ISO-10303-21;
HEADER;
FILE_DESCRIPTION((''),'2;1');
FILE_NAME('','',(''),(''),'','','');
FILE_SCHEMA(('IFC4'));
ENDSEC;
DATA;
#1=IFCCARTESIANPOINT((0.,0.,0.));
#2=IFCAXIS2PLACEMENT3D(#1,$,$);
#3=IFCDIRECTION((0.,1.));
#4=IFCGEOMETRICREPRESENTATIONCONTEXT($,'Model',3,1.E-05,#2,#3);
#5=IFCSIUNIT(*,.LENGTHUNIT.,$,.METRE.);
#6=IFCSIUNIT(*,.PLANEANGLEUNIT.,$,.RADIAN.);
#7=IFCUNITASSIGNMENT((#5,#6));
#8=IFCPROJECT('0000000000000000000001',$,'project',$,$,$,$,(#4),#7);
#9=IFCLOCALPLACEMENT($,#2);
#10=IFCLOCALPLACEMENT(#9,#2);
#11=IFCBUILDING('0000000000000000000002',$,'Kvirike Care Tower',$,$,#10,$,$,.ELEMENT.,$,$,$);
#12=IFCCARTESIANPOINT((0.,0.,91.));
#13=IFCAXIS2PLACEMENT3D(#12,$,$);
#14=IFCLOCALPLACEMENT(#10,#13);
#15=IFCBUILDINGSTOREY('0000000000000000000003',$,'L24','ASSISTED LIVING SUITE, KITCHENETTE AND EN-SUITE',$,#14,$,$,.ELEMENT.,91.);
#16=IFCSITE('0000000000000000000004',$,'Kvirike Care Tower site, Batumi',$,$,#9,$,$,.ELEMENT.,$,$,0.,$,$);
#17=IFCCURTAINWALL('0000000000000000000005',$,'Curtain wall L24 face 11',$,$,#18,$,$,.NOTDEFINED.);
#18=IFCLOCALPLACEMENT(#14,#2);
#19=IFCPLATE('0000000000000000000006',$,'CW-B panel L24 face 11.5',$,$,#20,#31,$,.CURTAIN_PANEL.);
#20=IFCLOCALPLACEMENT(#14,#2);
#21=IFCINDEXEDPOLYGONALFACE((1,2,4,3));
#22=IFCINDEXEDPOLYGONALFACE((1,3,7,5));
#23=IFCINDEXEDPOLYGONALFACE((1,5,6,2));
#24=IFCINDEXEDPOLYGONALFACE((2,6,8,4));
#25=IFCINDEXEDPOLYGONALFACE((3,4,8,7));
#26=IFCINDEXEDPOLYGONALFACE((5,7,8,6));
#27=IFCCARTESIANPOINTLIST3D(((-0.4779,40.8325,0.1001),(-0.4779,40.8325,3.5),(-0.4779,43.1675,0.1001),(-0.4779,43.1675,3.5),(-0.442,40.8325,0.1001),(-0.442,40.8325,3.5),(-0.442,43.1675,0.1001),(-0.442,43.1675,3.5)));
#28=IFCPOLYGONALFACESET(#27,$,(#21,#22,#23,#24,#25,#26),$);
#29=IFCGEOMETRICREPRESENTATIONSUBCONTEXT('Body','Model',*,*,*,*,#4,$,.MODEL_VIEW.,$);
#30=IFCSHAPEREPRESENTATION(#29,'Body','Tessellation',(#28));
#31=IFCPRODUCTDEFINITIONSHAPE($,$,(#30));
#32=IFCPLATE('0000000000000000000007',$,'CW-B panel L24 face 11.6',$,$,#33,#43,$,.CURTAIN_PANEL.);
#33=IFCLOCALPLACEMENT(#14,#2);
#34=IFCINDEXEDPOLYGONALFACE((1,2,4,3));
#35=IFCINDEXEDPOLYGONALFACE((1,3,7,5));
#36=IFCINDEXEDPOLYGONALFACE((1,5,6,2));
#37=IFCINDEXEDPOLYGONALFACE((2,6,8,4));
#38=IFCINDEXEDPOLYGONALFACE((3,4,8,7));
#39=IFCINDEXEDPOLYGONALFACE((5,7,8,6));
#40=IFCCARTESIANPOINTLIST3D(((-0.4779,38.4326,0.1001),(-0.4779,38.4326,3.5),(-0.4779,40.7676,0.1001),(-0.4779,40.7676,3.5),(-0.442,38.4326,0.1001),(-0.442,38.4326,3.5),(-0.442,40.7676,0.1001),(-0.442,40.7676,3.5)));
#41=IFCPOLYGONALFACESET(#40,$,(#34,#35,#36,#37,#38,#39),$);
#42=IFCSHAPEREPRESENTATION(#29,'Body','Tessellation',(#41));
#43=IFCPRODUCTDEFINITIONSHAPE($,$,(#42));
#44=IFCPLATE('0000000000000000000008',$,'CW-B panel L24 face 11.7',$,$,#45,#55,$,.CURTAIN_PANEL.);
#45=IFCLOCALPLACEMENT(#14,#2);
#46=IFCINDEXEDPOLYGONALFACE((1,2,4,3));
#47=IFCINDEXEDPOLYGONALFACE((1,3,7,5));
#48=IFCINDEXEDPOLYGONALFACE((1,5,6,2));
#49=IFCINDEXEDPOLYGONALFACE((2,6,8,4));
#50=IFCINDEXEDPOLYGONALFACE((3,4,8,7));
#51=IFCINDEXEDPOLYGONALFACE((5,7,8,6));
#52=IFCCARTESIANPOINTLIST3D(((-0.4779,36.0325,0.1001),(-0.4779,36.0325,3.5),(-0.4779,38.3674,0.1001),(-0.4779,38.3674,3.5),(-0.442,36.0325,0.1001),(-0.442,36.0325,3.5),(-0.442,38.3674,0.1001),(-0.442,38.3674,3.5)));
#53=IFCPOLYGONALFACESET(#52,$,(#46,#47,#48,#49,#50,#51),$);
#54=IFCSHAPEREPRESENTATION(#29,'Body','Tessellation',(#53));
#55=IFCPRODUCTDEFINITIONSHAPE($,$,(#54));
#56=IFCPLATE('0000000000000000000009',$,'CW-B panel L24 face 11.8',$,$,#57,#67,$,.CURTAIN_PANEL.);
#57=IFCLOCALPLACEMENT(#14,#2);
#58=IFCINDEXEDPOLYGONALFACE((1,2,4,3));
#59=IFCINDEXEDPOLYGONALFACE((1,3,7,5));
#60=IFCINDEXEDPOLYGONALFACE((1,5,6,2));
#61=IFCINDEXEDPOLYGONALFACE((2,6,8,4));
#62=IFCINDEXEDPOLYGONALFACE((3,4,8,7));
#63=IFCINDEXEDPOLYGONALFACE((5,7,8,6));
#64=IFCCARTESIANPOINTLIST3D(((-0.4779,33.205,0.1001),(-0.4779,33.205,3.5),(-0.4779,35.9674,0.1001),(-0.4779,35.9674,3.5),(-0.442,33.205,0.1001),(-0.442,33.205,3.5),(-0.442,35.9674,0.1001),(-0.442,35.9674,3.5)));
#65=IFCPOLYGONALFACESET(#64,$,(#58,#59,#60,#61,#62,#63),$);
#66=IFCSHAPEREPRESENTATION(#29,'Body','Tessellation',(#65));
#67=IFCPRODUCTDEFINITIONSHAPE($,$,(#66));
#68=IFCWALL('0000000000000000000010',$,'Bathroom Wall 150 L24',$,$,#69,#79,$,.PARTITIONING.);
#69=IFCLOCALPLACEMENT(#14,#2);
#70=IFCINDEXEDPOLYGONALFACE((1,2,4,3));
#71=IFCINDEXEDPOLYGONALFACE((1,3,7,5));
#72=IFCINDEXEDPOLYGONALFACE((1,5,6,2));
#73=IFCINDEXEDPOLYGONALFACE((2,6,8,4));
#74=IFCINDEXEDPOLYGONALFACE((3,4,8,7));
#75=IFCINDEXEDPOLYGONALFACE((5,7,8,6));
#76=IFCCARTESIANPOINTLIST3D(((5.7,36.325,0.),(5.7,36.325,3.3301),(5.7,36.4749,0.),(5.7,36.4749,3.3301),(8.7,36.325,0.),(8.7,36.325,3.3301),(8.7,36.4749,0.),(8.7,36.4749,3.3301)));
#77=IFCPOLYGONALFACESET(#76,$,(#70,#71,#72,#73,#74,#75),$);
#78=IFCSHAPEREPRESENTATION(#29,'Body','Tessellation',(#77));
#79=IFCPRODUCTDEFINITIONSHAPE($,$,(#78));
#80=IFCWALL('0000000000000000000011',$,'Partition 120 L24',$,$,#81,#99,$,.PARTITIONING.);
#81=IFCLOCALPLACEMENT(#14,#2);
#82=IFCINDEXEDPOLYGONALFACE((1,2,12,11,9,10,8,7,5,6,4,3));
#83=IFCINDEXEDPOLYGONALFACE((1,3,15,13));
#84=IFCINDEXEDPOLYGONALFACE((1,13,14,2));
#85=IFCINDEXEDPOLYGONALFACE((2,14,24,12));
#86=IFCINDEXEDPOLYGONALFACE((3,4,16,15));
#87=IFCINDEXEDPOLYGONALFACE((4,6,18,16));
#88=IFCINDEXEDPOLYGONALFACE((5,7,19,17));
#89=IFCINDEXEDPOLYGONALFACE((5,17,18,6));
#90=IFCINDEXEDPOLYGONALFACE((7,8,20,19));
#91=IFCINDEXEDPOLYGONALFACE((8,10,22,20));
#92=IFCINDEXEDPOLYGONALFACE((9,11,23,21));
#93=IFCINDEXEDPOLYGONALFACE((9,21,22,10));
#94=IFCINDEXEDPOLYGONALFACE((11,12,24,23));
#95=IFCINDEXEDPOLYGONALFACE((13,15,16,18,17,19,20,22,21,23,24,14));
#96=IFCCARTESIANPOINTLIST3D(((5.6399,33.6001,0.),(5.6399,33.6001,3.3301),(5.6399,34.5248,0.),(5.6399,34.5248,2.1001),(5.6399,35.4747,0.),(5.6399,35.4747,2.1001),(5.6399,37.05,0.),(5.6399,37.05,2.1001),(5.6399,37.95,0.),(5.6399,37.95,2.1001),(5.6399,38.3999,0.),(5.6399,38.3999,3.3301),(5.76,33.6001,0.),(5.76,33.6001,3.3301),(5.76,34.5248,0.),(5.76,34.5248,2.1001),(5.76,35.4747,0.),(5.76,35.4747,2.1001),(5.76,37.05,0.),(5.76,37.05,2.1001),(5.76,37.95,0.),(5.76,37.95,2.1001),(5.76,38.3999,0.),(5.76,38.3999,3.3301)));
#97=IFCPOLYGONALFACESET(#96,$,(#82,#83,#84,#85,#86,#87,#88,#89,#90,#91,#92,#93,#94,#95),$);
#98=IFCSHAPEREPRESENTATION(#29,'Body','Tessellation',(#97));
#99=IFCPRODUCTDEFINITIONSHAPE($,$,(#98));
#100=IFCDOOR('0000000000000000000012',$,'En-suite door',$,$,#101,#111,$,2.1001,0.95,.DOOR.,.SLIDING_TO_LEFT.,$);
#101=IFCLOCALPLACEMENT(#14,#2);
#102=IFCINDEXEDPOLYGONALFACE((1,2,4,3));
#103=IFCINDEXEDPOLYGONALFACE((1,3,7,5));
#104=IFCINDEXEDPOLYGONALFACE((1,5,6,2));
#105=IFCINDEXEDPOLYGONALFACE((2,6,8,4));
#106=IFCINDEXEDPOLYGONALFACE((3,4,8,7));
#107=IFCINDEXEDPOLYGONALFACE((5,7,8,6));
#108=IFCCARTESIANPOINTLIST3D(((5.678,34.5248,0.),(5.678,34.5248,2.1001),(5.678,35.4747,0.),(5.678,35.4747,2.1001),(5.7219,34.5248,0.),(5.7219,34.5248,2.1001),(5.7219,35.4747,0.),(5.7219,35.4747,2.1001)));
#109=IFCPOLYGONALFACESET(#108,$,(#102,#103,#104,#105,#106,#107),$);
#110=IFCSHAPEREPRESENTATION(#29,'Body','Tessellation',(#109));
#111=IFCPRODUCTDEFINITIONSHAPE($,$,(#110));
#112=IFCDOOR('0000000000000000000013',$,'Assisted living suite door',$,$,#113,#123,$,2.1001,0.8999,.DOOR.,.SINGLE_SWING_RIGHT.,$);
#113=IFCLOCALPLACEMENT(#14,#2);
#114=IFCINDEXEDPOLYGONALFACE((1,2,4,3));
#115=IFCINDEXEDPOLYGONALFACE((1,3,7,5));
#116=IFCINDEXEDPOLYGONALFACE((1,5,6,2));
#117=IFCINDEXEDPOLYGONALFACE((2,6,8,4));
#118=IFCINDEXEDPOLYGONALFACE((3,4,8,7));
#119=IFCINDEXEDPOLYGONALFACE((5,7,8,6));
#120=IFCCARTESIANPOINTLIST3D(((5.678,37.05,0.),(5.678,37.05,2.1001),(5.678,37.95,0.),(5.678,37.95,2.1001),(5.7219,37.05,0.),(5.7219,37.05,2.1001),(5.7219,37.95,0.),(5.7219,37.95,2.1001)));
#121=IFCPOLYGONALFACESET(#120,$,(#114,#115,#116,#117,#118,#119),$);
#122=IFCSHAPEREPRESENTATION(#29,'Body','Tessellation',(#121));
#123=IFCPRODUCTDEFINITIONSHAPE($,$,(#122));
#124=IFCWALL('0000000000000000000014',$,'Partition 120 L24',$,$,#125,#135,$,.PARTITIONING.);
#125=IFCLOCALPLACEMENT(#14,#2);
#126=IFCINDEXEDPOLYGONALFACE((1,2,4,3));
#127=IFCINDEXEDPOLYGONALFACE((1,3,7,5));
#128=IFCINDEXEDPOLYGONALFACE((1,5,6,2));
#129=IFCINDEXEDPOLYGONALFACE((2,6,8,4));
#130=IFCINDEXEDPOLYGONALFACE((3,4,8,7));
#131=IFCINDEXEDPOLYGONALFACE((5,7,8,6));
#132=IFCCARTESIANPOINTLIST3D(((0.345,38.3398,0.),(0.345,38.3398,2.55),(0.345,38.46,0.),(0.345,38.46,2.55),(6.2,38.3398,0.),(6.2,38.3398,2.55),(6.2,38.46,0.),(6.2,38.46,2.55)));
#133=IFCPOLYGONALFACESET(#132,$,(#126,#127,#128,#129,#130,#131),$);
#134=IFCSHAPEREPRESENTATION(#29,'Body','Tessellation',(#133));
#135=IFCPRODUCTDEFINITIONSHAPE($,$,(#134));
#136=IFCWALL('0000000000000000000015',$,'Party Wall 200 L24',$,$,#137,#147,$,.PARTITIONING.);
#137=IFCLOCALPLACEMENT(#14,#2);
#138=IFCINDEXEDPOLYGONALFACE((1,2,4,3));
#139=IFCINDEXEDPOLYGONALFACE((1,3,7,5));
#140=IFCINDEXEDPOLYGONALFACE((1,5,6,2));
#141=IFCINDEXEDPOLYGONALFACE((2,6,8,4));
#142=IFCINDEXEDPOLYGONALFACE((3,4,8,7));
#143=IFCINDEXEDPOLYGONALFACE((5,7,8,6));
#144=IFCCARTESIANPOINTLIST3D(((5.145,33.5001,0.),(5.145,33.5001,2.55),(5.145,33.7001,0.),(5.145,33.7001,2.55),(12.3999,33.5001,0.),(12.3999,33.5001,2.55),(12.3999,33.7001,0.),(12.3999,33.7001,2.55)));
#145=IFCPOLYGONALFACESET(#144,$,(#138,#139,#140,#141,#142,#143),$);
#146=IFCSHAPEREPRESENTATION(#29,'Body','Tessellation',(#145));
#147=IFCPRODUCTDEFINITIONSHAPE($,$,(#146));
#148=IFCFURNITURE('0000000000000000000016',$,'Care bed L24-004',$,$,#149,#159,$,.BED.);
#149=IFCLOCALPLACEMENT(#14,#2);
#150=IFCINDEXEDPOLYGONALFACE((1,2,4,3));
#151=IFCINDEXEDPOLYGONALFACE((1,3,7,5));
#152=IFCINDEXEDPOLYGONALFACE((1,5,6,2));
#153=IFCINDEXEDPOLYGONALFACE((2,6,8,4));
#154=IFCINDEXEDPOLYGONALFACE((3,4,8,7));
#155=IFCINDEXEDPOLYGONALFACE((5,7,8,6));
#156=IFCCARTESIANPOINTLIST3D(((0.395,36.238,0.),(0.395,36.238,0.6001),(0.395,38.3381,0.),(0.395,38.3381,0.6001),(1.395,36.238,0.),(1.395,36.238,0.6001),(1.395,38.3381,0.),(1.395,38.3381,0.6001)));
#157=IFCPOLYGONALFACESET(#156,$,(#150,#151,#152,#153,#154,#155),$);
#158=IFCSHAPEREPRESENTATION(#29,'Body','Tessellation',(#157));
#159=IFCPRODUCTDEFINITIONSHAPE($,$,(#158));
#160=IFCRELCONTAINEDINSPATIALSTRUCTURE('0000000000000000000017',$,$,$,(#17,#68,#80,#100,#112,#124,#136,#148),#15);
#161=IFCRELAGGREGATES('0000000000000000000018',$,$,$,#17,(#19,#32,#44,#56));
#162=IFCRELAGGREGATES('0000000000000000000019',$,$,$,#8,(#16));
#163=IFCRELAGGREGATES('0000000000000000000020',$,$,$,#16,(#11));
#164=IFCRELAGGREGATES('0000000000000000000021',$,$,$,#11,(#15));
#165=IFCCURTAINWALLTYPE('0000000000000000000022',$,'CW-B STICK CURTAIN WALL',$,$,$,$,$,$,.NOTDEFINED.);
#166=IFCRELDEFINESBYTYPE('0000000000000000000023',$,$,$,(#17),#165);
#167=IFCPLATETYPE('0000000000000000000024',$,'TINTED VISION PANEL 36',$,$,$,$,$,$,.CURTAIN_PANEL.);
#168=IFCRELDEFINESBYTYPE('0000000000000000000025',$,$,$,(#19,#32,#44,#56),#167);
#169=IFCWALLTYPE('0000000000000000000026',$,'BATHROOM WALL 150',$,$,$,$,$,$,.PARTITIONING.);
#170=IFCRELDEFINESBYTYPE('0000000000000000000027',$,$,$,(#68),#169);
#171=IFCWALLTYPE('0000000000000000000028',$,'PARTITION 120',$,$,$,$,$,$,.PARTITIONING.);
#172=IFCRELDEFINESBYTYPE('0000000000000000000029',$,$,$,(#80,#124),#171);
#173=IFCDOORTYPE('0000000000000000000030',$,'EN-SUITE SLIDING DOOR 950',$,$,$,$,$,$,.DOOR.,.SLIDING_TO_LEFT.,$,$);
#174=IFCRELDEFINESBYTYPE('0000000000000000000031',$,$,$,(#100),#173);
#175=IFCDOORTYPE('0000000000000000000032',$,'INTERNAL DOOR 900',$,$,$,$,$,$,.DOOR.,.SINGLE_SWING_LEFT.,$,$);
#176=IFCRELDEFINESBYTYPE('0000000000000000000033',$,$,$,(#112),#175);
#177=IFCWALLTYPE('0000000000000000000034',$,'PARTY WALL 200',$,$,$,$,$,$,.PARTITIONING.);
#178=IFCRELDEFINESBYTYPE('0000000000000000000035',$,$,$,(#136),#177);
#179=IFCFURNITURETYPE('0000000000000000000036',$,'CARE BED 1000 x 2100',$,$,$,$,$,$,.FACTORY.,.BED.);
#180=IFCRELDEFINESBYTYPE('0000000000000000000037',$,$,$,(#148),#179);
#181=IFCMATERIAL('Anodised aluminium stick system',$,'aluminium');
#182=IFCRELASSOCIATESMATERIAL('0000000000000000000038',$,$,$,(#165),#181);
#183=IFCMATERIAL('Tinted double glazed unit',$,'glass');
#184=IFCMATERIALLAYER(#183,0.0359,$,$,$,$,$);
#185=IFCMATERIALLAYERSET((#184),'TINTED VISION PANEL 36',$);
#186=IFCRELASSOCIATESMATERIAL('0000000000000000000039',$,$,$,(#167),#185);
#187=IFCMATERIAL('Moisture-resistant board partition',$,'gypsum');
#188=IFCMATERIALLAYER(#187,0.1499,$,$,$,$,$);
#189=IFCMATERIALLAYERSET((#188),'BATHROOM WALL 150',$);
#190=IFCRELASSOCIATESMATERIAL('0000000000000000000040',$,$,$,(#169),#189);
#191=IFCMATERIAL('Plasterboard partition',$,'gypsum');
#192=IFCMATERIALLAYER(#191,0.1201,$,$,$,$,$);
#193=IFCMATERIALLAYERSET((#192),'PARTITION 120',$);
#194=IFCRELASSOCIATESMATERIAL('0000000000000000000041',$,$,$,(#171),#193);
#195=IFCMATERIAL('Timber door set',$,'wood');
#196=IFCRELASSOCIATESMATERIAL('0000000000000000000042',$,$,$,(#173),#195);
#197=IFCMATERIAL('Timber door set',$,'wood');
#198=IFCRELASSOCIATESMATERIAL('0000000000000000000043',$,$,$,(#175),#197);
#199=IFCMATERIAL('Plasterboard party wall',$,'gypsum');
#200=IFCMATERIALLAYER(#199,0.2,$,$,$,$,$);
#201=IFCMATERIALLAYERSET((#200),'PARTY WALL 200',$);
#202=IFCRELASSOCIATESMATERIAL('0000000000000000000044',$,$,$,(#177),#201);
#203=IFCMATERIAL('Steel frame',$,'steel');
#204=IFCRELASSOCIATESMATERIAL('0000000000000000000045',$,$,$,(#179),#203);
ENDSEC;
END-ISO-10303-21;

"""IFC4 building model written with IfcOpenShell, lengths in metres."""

from ifc_helpers import new_model, si_unit, direction, frame, frame_2d, origin, origin_2d, place, context, subcontext, project, spatial, rectangle, extrude, material, layer, layer_set, type_object, element, fill, aggregate, save


model = new_model("IFC4")

# Units and contexts
model_context = context("Model", 3, precision=1e-05, world=origin(), true_north=direction((0.0, 1.0)))
body_context = subcontext(model_context, "Body", "Model", "MODEL_VIEW")
ifc_project = project(units=[si_unit("LENGTHUNIT", "METRE"), si_unit("PLANEANGLEUNIT", "RADIAN")], contexts=[model_context])

# Site, building, storey
site_placement = place(None, origin())
site = spatial("IfcSite", under=ifc_project, at=site_placement, Name="Kvirike Care Tower site, Batumi", CompositionType="ELEMENT", RefElevation=0.0)
building_placement = place(site_placement, origin())
building = spatial("IfcBuilding", under=site, at=building_placement, Name="Kvirike Care Tower", CompositionType="ELEMENT")
storey_placement = place(building_placement, frame((0.0, 0.0, 91.0)))
storey = spatial("IfcBuildingStorey", under=building, at=storey_placement, Name="L24", Description="ASSISTED LIVING SUITE, KITCHENETTE AND EN-SUITE", CompositionType="ELEMENT", Elevation=91.0)

# Curtain wall
ifc_material_1 = material(Name="Anodised aluminium stick system", Category="aluminium")
curtain_wall_type = type_object("IfcCurtainWallType", Name="CW-B STICK CURTAIN WALL", PredefinedType="NOTDEFINED", material=ifc_material_1)
curtain_wall_placement = place(storey_placement, origin())
curtain_wall = element("IfcCurtainWall", 1, at=curtain_wall_placement, inside=storey, type_object=curtain_wall_type, Name="Curtain wall L24 face 11", PredefinedType="NOTDEFINED")

# Plates
ifc_material_2 = material(Name="Tinted double glazed unit", Category="glass")
ifc_layer_1 = layer(ifc_material_2, 0.0359)
ifc_layer_set_1 = layer_set([ifc_layer_1], Name="TINTED VISION PANEL 36")
plate_type = type_object("IfcPlateType", Name="TINTED VISION PANEL 36", PredefinedType="CURTAIN_PANEL", material=ifc_layer_set_1)
plate_1_placement = place(storey_placement, frame((-0.46, 42.0, 0.1001), z_axis=(0.0, 0.0, 1.0), x_axis=(0.0, -1.0, 0.0)))
plate_1 = element("IfcPlate", 2, at=plate_1_placement, type_object=plate_type, Name="CW-B panel L24 face 11.5", PredefinedType="CURTAIN_PANEL", context=body_context, shape_type="SweptSolid", body=[
    extrude(rectangle(XDim=2.335, YDim=0.0359, at=origin_2d()), origin(), (0.0, 0.0, 1.0), 3.3999),
])
plate_2_placement = place(storey_placement, frame((-0.46, 39.6001, 0.1001), z_axis=(0.0, 0.0, 1.0), x_axis=(0.0, -1.0, 0.0)))
plate_2 = element("IfcPlate", 3, at=plate_2_placement, type_object=plate_type, Name="CW-B panel L24 face 11.6", PredefinedType="CURTAIN_PANEL", context=body_context, shape_type="SweptSolid", body=[
    extrude(rectangle(XDim=2.335, YDim=0.0359, at=origin_2d()), origin(), (0.0, 0.0, 1.0), 3.3999),
])
plate_3_placement = place(storey_placement, frame((-0.46, 37.2, 0.1001), z_axis=(0.0, 0.0, 1.0), x_axis=(0.0, -1.0, 0.0)))
plate_3 = element("IfcPlate", 4, at=plate_3_placement, type_object=plate_type, Name="CW-B panel L24 face 11.7", PredefinedType="CURTAIN_PANEL", context=body_context, shape_type="SweptSolid", body=[
    extrude(rectangle(XDim=2.335, YDim=0.0359, at=origin_2d()), origin(), (0.0, 0.0, 1.0), 3.3999),
])
plate_4_placement = place(storey_placement, frame((-0.46, 34.5862, 0.1001), z_axis=(0.0, 0.0, 1.0), x_axis=(0.0, -1.0, 0.0)))
plate_4 = element("IfcPlate", 5, at=plate_4_placement, type_object=plate_type, Name="CW-B panel L24 face 11.8", PredefinedType="CURTAIN_PANEL", context=body_context, shape_type="SweptSolid", body=[
    extrude(rectangle(XDim=2.7625, YDim=0.0359, at=origin_2d()), origin(), (0.0, 0.0, 1.0), 3.3999),
])
aggregate(curtain_wall, [plate_1, plate_2, plate_3, plate_4])

# Wall
ifc_material_3 = material(Name="Moisture-resistant board partition", Category="gypsum")
ifc_layer_2 = layer(ifc_material_3, 0.1499)
ifc_layer_set_2 = layer_set([ifc_layer_2], Name="BATHROOM WALL 150")
wall_type_1 = type_object("IfcWallType", Name="BATHROOM WALL 150", PredefinedType="PARTITIONING", material=ifc_layer_set_2)
wall_1_placement = place(storey_placement, frame((5.7, 36.3999, 0.0), z_axis=(0.0, 0.0, 1.0), x_axis=(1.0, 0.0, 0.0)))
element("IfcWall", 6, at=wall_1_placement, inside=storey, type_object=wall_type_1, Name="Bathroom Wall 150 L24", PredefinedType="PARTITIONING", context=body_context, shape_type="SweptSolid", body=[
    extrude(rectangle(XDim=3.0, YDim=0.1499, at=frame_2d((1.5, 0.0))), origin(), (0.0, 0.0, 1.0), 3.3301),
])

# Wall, openings, doors
ifc_material_4 = material(Name="Plasterboard partition", Category="gypsum")
ifc_layer_3 = layer(ifc_material_4, 0.1201)
ifc_layer_set_3 = layer_set([ifc_layer_3], Name="PARTITION 120")
wall_type_2 = type_object("IfcWallType", Name="PARTITION 120", PredefinedType="PARTITIONING", material=ifc_layer_set_3)
wall_2_placement = place(storey_placement, frame((5.7, 38.3999, 0.0), z_axis=(0.0, 0.0, 1.0), x_axis=(0.0, -1.0, 0.0)))
wall_2 = element("IfcWall", 7, at=wall_2_placement, inside=storey, type_object=wall_type_2, Name="Partition 120 L24", PredefinedType="PARTITIONING", context=body_context, shape_type="SweptSolid", body=[
    extrude(rectangle(XDim=4.7998, YDim=0.1201, at=frame_2d((2.3999, 0.0))), origin(), (0.0, 0.0, 1.0), 3.3301),
])
opening_1_placement = place(wall_2_placement, frame((0.45, 0.0, 0.0)))
opening_1 = element("IfcOpeningElement", 8, at=opening_1_placement, cuts=wall_2, PredefinedType="OPENING", context=body_context, shape_type="SweptSolid", body=[
    extrude(rectangle(XDim=0.8999, YDim=2.1001, at=frame_2d((0.45, 1.05))), frame((0.0, 0.0706, 0.0), z_axis=(0.0, -1.0, 0.0), x_axis=(1.0, 0.0, 0.0)), (0.0, 0.0, 1.0), 0.1411),
])
opening_2_placement = place(wall_2_placement, frame((2.925, 0.0, 0.0)))
opening_2 = element("IfcOpeningElement", 9, at=opening_2_placement, cuts=wall_2, PredefinedType="OPENING", context=body_context, shape_type="SweptSolid", body=[
    extrude(rectangle(XDim=0.95, YDim=2.1001, at=frame_2d((0.4751, 1.05))), frame((0.0, 0.0706, 0.0), z_axis=(0.0, -1.0, 0.0), x_axis=(1.0, 0.0, 0.0)), (0.0, 0.0, 1.0), 0.1411),
])
ifc_material_5 = material(Name="Timber door set", Category="wood")
door_type_1 = type_object("IfcDoorType", Name="EN-SUITE SLIDING DOOR 950", OperationType="SLIDING_TO_LEFT", PredefinedType="DOOR", material=ifc_material_5)
door_1_placement = place(opening_2_placement, origin())
door_1 = element("IfcDoor", 10, at=door_1_placement, inside=storey, type_object=door_type_1, Name="En-suite door", OperationType="SLIDING_TO_LEFT", OverallHeight=2.1001, OverallWidth=0.95, PredefinedType="DOOR", context=body_context, shape_type="SweptSolid", body=[
    extrude(rectangle(XDim=0.95, YDim=2.1001, at=frame_2d((0.4751, 1.05))), frame((0.0, 0.022, 0.0), z_axis=(0.0, -1.0, 0.0), x_axis=(1.0, 0.0, 0.0)), (0.0, 0.0, 1.0), 0.0439),
])
fill(opening_2, door_1)
ifc_material_6 = material(Name="Timber door set", Category="wood")
door_type_2 = type_object("IfcDoorType", Name="INTERNAL DOOR 900", OperationType="SINGLE_SWING_LEFT", PredefinedType="DOOR", material=ifc_material_6)
door_2_placement = place(opening_1_placement, origin())
door_2 = element("IfcDoor", 11, at=door_2_placement, inside=storey, type_object=door_type_2, Name="Assisted living suite door", OperationType="SINGLE_SWING_RIGHT", OverallHeight=2.1001, OverallWidth=0.8999, PredefinedType="DOOR", context=body_context, shape_type="SweptSolid", body=[
    extrude(rectangle(XDim=0.8999, YDim=2.1001, at=frame_2d((0.45, 1.05))), frame((0.0, 0.022, 0.0), z_axis=(0.0, -1.0, 0.0), x_axis=(1.0, 0.0, 0.0)), (0.0, 0.0, 1.0), 0.0439),
])
fill(opening_1, door_2)

# Walls
wall_3_placement = place(storey_placement, frame((0.345, 38.3999, 0.0), z_axis=(0.0, 0.0, 1.0), x_axis=(1.0, 0.0, 0.0)))
element("IfcWall", 12, at=wall_3_placement, inside=storey, type_object=wall_type_2, Name="Partition 120 L24", PredefinedType="PARTITIONING", context=body_context, shape_type="SweptSolid", body=[
    extrude(rectangle(XDim=5.855, YDim=0.1201, at=frame_2d((2.9275, 0.0))), origin(), (0.0, 0.0, 1.0), 2.55),
])
ifc_material_7 = material(Name="Plasterboard party wall", Category="gypsum")
ifc_layer_4 = layer(ifc_material_7, 0.2)
ifc_layer_set_4 = layer_set([ifc_layer_4], Name="PARTY WALL 200")
wall_type_3 = type_object("IfcWallType", Name="PARTY WALL 200", PredefinedType="PARTITIONING", material=ifc_layer_set_4)
wall_4_placement = place(storey_placement, frame((5.145, 33.6001, 0.0), z_axis=(0.0, 0.0, 1.0), x_axis=(1.0, 0.0, 0.0)))
element("IfcWall", 13, at=wall_4_placement, inside=storey, type_object=wall_type_3, Name="Party Wall 200 L24", PredefinedType="PARTITIONING", context=body_context, shape_type="SweptSolid", body=[
    extrude(rectangle(XDim=7.2549, YDim=0.2, at=frame_2d((3.6274, 0.0))), origin(), (0.0, 0.0, 1.0), 2.55),
])

# Furniture
ifc_material_8 = material(Name="Steel frame", Category="steel")
furniture_type = type_object("IfcFurnitureType", Name="CARE BED 1000 x 2100", AssemblyPlace="FACTORY", PredefinedType="BED", material=ifc_material_8)
furniture_placement = place(storey_placement, frame((0.895, 37.2881, 0.0), z_axis=(0.0, 0.0, 1.0), x_axis=(1.0, 0.0, 0.0)))
element("IfcFurniture", 14, at=furniture_placement, inside=storey, type_object=furniture_type, Name="Care bed L24-004", PredefinedType="BED", context=body_context, shape_type="SweptSolid", body=[
    extrude(rectangle(XDim=1.0, YDim=2.1001, at=origin_2d()), origin(), (0.0, 0.0, 1.0), 0.6001),
])

save(model, "model.ifc")
